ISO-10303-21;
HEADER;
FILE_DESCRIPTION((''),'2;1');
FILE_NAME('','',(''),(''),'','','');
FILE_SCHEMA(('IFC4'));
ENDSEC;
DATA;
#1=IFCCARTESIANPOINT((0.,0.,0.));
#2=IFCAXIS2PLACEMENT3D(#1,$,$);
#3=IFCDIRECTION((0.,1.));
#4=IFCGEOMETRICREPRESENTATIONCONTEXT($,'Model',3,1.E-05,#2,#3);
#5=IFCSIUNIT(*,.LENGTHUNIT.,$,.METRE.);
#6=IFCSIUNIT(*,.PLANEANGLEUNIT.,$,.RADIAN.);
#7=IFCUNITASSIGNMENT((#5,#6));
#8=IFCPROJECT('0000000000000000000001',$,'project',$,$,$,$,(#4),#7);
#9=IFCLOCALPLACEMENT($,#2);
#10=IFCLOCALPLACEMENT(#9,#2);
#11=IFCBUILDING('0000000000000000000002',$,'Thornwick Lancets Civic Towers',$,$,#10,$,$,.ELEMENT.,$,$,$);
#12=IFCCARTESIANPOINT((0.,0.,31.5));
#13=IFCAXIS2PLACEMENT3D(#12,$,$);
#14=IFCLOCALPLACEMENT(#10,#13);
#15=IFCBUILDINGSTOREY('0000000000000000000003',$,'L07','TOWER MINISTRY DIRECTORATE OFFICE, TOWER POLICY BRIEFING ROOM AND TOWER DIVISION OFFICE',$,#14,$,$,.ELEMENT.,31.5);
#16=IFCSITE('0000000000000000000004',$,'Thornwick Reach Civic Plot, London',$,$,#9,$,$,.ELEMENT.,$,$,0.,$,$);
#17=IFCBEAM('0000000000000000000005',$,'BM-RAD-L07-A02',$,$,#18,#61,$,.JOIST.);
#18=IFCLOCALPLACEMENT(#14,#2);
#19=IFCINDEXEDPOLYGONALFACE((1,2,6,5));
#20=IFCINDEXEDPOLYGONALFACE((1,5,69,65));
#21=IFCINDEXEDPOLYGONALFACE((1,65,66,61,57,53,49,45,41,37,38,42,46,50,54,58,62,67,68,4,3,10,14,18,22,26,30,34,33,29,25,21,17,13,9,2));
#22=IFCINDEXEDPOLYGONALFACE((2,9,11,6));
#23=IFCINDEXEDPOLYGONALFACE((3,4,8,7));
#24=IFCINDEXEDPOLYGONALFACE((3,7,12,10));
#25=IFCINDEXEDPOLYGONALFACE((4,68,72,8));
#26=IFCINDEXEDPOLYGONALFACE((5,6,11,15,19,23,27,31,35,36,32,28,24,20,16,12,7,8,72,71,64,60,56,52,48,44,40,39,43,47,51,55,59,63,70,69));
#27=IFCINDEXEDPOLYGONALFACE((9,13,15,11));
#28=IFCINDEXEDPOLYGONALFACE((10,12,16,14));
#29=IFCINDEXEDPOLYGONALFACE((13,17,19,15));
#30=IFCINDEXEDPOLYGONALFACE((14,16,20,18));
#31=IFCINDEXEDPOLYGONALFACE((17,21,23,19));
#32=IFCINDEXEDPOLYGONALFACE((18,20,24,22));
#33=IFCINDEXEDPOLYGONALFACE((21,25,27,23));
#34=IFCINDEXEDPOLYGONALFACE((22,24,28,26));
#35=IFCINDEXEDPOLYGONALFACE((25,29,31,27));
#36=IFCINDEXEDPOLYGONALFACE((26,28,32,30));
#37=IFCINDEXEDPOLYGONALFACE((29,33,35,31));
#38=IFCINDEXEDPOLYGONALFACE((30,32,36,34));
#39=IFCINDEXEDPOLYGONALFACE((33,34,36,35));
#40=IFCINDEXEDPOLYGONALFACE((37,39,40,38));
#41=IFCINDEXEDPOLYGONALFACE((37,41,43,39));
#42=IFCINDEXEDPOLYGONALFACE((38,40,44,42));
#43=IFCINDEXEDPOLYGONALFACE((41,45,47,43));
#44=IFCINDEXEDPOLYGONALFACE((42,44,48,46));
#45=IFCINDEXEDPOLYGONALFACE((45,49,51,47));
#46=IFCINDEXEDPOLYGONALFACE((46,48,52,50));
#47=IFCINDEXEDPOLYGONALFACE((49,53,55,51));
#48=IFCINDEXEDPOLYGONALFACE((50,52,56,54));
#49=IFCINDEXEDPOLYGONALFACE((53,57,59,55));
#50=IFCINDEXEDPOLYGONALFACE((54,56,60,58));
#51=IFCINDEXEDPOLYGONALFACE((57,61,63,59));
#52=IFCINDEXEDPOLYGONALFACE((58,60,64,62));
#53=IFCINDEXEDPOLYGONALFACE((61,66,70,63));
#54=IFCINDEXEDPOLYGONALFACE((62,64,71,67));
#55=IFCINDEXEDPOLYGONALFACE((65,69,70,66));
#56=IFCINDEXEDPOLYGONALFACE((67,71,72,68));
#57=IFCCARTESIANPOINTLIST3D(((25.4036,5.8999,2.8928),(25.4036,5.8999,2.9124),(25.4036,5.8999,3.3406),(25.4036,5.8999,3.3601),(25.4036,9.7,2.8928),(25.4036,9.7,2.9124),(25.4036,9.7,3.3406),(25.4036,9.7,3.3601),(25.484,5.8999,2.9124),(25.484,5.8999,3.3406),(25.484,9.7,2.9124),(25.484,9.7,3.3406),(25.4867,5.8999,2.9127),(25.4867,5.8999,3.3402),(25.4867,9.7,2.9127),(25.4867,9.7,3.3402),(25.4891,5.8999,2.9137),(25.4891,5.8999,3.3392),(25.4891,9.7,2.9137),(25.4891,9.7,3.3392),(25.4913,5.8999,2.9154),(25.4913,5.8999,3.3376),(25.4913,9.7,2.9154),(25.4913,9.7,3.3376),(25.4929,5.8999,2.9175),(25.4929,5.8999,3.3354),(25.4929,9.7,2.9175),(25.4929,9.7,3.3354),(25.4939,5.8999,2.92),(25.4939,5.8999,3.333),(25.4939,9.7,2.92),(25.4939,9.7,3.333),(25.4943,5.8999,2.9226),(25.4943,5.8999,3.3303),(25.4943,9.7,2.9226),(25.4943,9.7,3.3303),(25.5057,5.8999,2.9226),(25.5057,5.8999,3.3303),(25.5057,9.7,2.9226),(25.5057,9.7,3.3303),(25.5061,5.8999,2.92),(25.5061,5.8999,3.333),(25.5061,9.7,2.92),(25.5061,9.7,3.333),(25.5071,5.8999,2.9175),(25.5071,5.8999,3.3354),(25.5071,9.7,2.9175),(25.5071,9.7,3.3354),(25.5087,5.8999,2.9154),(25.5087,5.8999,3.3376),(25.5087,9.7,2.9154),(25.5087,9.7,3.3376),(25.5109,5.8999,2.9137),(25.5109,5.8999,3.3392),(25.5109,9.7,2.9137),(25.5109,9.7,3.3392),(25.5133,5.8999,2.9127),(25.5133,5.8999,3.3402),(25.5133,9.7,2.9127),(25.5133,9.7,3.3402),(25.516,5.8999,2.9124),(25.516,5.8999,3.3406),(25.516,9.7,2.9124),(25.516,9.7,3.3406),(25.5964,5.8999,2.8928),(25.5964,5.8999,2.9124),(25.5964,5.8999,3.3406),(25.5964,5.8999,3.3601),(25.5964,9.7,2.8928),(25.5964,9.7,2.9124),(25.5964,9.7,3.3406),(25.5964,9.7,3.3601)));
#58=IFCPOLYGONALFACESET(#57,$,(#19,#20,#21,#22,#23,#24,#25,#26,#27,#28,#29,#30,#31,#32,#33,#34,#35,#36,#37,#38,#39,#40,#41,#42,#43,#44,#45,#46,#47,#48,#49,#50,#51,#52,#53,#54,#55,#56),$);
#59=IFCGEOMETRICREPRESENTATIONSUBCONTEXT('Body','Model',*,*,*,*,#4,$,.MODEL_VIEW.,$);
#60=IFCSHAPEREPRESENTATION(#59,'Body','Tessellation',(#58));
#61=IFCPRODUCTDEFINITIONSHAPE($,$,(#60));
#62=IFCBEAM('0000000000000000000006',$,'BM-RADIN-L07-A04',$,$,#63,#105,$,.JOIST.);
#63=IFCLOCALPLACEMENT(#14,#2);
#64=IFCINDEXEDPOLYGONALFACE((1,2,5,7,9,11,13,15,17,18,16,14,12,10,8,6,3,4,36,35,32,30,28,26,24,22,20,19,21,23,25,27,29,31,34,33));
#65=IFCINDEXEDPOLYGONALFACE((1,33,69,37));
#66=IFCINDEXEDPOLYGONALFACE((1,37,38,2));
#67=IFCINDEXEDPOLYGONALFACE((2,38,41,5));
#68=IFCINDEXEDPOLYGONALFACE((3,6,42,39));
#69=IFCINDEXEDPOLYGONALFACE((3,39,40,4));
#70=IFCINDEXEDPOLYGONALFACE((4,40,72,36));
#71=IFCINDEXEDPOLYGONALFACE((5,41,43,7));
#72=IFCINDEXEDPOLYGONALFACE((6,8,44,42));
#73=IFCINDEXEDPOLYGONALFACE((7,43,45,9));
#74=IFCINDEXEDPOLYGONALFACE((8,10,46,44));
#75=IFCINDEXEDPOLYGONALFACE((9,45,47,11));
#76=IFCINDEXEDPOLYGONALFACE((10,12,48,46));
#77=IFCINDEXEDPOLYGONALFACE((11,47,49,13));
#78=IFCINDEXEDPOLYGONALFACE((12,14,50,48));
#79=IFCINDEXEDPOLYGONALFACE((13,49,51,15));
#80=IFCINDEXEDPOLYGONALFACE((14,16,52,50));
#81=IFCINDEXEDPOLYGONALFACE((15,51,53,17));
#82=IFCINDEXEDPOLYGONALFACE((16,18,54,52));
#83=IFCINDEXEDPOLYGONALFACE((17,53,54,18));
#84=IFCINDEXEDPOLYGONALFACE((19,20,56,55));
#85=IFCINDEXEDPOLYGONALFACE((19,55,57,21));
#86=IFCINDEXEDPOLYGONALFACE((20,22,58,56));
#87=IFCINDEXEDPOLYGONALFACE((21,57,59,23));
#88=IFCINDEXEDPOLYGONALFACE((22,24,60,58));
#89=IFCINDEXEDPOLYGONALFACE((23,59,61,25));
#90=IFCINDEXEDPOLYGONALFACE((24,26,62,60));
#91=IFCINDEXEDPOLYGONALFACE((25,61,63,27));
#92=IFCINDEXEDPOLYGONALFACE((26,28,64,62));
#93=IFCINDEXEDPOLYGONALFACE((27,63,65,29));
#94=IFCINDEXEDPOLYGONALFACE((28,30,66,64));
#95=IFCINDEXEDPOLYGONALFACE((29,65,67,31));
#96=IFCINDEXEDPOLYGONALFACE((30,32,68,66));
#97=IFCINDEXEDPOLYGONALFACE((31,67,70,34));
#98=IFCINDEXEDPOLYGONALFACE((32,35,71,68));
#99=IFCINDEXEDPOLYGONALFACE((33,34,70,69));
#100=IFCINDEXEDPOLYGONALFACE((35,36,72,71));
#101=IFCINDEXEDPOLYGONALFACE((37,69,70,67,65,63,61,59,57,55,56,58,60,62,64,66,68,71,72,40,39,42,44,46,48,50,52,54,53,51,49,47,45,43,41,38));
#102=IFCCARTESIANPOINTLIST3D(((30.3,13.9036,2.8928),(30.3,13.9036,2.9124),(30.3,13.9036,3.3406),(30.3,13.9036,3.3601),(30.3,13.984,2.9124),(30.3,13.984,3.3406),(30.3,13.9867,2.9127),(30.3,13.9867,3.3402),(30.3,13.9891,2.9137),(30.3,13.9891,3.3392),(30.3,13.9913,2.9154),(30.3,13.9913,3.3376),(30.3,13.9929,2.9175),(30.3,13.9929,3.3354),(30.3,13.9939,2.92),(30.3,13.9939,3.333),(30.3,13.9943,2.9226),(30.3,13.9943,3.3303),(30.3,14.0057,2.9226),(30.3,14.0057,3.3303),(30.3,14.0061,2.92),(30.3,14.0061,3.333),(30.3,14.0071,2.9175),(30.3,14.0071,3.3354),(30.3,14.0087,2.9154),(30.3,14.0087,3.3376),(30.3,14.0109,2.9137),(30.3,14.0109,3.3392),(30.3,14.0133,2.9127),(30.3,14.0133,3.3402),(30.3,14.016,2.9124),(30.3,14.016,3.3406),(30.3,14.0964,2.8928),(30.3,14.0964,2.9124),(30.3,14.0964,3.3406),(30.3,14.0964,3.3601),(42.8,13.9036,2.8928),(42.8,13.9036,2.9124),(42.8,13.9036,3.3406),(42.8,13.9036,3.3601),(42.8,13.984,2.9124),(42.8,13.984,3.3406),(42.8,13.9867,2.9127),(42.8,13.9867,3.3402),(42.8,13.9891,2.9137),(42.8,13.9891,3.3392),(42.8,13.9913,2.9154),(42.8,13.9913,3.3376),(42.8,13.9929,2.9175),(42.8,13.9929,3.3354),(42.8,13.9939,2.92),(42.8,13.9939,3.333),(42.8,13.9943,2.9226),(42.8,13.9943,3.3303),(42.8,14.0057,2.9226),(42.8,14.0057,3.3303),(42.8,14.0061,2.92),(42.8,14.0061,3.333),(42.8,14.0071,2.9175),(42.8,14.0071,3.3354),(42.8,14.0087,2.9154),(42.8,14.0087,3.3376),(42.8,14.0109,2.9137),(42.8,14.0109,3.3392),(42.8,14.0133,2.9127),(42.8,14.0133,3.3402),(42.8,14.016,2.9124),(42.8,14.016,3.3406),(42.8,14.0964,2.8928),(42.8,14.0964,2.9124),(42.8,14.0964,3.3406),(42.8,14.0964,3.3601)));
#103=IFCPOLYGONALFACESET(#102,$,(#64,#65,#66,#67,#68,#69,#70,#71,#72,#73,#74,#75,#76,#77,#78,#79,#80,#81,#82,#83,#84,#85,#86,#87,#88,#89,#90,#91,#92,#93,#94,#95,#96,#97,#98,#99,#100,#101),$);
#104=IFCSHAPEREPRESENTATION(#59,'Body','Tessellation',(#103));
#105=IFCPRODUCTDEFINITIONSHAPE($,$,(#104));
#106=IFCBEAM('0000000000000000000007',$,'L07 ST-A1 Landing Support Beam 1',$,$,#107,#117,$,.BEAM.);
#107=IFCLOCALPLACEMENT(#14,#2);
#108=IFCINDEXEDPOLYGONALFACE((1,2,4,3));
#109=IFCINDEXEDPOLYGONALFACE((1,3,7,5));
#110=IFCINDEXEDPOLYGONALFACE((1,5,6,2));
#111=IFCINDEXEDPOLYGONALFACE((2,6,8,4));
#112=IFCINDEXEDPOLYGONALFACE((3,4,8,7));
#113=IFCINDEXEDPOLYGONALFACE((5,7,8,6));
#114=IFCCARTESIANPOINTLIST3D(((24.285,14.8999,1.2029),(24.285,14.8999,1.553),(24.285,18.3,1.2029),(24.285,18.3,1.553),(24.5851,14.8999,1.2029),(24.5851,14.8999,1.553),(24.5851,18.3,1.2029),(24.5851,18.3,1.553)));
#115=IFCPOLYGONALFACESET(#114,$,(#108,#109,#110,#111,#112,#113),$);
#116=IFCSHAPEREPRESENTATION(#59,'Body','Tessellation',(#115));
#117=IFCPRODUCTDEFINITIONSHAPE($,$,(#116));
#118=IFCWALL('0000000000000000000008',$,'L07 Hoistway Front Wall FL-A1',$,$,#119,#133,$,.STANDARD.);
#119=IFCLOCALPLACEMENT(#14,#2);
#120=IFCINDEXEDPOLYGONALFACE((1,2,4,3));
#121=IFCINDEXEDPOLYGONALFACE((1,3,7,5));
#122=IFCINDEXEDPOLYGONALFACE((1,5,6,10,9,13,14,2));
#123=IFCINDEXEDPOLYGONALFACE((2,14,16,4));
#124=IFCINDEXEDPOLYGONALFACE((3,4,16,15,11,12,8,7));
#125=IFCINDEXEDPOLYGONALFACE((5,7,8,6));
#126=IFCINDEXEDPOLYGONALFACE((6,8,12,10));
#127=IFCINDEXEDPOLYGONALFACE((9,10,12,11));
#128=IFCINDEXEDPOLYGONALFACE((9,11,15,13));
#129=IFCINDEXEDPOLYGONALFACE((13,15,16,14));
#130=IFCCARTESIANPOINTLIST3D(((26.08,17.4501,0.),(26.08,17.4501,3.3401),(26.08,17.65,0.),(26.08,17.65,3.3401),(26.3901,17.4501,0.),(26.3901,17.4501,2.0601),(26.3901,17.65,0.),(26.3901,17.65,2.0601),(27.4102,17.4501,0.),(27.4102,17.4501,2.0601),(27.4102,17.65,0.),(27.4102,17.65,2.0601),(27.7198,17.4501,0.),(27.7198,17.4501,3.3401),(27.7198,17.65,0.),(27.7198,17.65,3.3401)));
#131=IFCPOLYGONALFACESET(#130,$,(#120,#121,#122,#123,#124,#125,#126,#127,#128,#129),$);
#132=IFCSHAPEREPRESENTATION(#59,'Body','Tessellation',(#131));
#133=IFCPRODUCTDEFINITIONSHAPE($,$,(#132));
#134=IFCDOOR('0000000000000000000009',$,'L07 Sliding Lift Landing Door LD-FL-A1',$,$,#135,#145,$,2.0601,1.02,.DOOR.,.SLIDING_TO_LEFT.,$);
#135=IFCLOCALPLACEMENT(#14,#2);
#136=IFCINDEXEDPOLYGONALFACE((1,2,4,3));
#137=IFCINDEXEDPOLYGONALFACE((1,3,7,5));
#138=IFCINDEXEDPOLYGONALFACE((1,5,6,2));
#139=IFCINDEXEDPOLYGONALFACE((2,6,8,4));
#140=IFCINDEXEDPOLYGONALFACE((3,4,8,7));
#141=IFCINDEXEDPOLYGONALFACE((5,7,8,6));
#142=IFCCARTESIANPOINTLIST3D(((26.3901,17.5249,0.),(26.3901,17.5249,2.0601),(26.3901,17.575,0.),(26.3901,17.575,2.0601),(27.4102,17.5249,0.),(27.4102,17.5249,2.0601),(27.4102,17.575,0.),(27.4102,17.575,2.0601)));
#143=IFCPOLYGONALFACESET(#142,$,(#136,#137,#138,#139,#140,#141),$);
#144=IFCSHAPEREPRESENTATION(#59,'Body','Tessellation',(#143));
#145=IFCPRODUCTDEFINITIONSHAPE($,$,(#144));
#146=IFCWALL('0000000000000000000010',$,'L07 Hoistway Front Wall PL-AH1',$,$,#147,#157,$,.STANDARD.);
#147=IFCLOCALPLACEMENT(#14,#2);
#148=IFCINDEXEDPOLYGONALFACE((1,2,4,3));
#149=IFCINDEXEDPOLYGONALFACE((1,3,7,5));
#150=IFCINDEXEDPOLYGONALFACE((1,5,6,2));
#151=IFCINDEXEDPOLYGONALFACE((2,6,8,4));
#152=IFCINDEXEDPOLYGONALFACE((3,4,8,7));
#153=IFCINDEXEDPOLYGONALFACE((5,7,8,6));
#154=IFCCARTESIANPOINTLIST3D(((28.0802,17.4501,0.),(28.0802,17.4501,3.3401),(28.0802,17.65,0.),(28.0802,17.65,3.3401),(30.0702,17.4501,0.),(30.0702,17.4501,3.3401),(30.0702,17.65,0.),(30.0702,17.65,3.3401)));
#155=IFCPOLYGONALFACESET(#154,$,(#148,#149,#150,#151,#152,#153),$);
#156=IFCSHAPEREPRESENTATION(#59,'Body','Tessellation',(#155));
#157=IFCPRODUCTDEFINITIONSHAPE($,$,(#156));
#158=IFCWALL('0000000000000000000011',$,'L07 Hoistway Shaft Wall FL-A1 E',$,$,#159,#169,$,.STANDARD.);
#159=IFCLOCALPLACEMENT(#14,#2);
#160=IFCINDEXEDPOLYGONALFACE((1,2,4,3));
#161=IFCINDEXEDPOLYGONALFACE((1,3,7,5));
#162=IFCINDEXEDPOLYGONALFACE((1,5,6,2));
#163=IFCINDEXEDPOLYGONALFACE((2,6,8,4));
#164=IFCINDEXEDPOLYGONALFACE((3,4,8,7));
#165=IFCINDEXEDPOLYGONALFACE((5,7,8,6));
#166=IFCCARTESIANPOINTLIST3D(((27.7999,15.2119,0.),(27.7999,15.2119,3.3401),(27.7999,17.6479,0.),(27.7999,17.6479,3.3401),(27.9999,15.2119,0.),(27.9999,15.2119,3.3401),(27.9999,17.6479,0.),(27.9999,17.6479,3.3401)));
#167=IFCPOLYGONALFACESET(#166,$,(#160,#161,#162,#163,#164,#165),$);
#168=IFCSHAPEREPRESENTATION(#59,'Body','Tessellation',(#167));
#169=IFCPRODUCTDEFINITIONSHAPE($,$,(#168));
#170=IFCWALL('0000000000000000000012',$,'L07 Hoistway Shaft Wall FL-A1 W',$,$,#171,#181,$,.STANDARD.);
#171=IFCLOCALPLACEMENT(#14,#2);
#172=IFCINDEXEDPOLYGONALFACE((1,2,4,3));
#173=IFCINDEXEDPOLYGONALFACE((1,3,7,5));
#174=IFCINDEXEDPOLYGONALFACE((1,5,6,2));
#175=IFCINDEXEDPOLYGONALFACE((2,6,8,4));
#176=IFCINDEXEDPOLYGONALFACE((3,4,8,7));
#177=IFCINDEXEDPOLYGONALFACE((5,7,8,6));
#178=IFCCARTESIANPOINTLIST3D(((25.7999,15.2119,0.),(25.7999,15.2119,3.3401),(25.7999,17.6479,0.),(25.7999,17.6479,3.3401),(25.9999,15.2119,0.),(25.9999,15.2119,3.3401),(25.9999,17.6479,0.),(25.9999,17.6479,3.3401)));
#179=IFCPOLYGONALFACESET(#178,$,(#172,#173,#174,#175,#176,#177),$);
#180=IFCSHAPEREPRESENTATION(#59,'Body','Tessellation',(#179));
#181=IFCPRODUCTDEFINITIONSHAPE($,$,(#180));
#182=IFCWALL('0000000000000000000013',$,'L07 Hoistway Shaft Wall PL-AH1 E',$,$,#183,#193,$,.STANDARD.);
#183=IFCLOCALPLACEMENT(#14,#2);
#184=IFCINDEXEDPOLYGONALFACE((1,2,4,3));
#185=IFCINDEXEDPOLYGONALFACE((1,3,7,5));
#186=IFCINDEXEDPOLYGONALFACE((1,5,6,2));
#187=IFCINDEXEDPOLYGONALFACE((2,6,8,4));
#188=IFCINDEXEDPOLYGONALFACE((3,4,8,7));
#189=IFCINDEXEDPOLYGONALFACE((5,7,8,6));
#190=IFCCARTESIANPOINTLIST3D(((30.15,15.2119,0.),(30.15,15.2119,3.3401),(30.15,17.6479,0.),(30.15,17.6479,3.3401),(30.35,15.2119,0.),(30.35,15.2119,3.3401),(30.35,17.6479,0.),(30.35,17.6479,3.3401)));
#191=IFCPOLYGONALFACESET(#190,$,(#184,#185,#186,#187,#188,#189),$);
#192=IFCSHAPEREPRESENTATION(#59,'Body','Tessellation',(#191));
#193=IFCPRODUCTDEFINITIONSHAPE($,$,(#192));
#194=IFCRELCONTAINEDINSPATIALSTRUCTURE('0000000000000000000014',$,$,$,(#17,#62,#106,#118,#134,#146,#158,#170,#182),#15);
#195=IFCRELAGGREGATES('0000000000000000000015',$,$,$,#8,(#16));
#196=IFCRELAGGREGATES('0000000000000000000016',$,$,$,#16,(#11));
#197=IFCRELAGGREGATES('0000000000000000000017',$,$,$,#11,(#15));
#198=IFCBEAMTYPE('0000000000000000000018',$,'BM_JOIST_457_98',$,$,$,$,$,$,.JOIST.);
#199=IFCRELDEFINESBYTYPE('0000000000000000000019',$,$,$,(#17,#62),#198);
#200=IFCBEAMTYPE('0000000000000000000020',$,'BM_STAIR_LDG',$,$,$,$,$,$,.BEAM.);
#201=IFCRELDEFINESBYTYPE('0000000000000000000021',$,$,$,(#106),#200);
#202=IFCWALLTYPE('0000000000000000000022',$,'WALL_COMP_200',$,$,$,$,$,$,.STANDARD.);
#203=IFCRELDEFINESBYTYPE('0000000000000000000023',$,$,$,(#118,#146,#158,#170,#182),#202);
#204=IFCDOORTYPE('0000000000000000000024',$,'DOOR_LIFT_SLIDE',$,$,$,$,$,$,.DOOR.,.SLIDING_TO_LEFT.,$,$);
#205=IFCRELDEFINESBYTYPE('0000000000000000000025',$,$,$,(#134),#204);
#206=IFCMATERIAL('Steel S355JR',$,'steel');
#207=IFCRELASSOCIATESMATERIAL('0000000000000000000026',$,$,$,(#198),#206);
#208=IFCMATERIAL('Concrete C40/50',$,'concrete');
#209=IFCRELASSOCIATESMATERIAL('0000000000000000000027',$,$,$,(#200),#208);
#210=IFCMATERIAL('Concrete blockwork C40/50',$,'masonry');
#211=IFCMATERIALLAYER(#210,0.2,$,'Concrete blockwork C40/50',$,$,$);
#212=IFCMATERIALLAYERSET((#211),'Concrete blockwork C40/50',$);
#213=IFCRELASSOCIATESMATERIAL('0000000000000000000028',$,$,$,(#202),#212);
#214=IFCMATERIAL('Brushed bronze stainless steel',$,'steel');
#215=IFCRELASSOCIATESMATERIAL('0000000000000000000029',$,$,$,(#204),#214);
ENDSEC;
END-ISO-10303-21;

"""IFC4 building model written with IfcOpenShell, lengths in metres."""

from ifc_helpers import new_model, si_unit, direction, frame, frame_2d, origin, origin_2d, place, context, subcontext, project, spatial, rectangle, i_section, extrude, material, layer, layer_set, material_profile, profile_set, type_object, element, fill, save


model = new_model("IFC4")

# Units and contexts
model_context = context("Model", 3, precision=1e-05, world=origin(), true_north=direction((0.0, 1.0)))
body_context = subcontext(model_context, "Body", "Model", "MODEL_VIEW")
ifc_project = project(units=[si_unit("LENGTHUNIT", "METRE"), si_unit("PLANEANGLEUNIT", "RADIAN")], contexts=[model_context])

# Site, building, storey
site_placement = place(None, origin())
site = spatial("IfcSite", under=ifc_project, at=site_placement, Name="Thornwick Reach Civic Plot, London", CompositionType="ELEMENT", RefElevation=0.0)
building_placement = place(site_placement, origin())
building = spatial("IfcBuilding", under=site, at=building_placement, Name="Thornwick Lancets Civic Towers", CompositionType="ELEMENT")
storey_placement = place(building_placement, frame((0.0, 0.0, 31.5)))
storey = spatial("IfcBuildingStorey", under=building, at=storey_placement, Name="L07", Description="TOWER MINISTRY DIRECTORATE OFFICE, TOWER POLICY BRIEFING ROOM AND TOWER DIVISION OFFICE", CompositionType="ELEMENT", Elevation=31.5)

# Beams
ifc_material_1 = material(Name="Steel S355JR", Category="steel")
ifc_material_profile_1 = material_profile(ifc_material_1, i_section(OverallWidth=0.1929, OverallDepth=0.4673, WebThickness=0.0115, FlangeThickness=0.0195, FilletRadius=0.0103, at=origin_2d()), Name="UKB 457x191x98")
ifc_profile_set_1 = profile_set([ifc_material_profile_1], Name="Steel S355JR")
beam_type_1 = type_object("IfcBeamType", Name="BM_JOIST_457_98", PredefinedType="JOIST", material=ifc_profile_set_1)
beam_1_placement = place(storey_placement, frame((25.5, 9.7, 3.1265), z_axis=(0.0, -1.0, 0.0), x_axis=(1.0, 0.0, 0.0)))
element("IfcBeam", 1, at=beam_1_placement, inside=storey, type_object=beam_type_1, Name="BM-RAD-L07-A02", PredefinedType="JOIST", context=body_context, shape_type="SweptSolid", body=[
    extrude(i_section(OverallWidth=0.1929, OverallDepth=0.4673, WebThickness=0.0115, FlangeThickness=0.0195, FilletRadius=0.0103, at=origin_2d()), origin(), (0.0, 0.0, 1.0), 3.8),
])
beam_2_placement = place(storey_placement, frame((30.3, 14.0, 3.1265), z_axis=(1.0, 0.0, 0.0), x_axis=(0.0, 1.0, 0.0)))
element("IfcBeam", 2, at=beam_2_placement, inside=storey, type_object=beam_type_1, Name="BM-RADIN-L07-A04", PredefinedType="JOIST", context=body_context, shape_type="SweptSolid", body=[
    extrude(i_section(OverallWidth=0.1929, OverallDepth=0.4673, WebThickness=0.0115, FlangeThickness=0.0195, FilletRadius=0.0103, at=origin_2d()), origin(), (0.0, 0.0, 1.0), 12.5),
])
ifc_material_2 = material(Name="Concrete C40/50", Category="concrete")
ifc_material_profile_2 = material_profile(ifc_material_2, rectangle(XDim=0.3, YDim=0.3501, at=origin_2d()), Name="RC 300x350")
ifc_profile_set_2 = profile_set([ifc_material_profile_2], Name="Concrete C40/50")
beam_type_2 = type_object("IfcBeamType", Name="BM_STAIR_LDG", PredefinedType="BEAM", material=ifc_profile_set_2)
beam_3_placement = place(storey_placement, frame((24.4351, 14.8999, 1.3779), z_axis=(0.0, 1.0, 0.0), x_axis=(-1.0, 0.0, 0.0)))
element("IfcBeam", 3, at=beam_3_placement, inside=storey, type_object=beam_type_2, Name="L07 ST-A1 Landing Support Beam 1", PredefinedType="BEAM", context=body_context, shape_type="SweptSolid", body=[
    extrude(rectangle(XDim=0.3, YDim=0.3501, at=origin_2d()), origin(), (0.0, 0.0, 1.0), 3.4001),
])

# Wall, opening, door
ifc_material_3 = material(Name="Concrete blockwork C40/50", Category="masonry")
ifc_layer_1 = layer(ifc_material_3, 0.2, Name="Concrete blockwork C40/50")
ifc_layer_set_1 = layer_set([ifc_layer_1], Name="Concrete blockwork C40/50")
wall_type_1 = type_object("IfcWallType", Name="WALL_COMP_200", PredefinedType="STANDARD", material=ifc_layer_set_1)
wall_1_placement = place(storey_placement, frame((26.0801, 17.55, 0.0), z_axis=(0.0, 0.0, 1.0), x_axis=(1.0, 0.0, 0.0)))
wall_1 = element("IfcWall", 4, at=wall_1_placement, inside=storey, type_object=wall_type_1, Name="L07 Hoistway Front Wall FL-A1", PredefinedType="STANDARD", context=body_context, shape_type="SweptSolid", body=[
    extrude(rectangle(XDim=1.6399, YDim=0.2, at=frame_2d((0.8198, 0.0))), origin(), (0.0, 0.0, 1.0), 3.3401),
])
opening_1_placement = place(wall_1_placement, frame((0.3101, 0.0, 0.0)))
opening_1 = element("IfcOpeningElement", 5, at=opening_1_placement, cuts=wall_1, PredefinedType="OPENING", context=body_context, shape_type="SweptSolid", body=[
    extrude(rectangle(XDim=1.02, YDim=2.0601, at=frame_2d((0.51, 1.03))), frame((0.0, 0.1099, 0.0), z_axis=(0.0, -1.0, 0.0), x_axis=(1.0, 0.0, 0.0)), (0.0, 0.0, 1.0), 0.22),
])
ifc_material_4 = material(Name="Brushed bronze stainless steel", Category="steel")
door_type_1 = type_object("IfcDoorType", Name="DOOR_LIFT_SLIDE", OperationType="SLIDING_TO_LEFT", PredefinedType="DOOR", material=ifc_material_4)
door_1_placement = place(opening_1_placement, origin())
door_1 = element("IfcDoor", 6, at=door_1_placement, inside=storey, type_object=door_type_1, Name="L07 Sliding Lift Landing Door LD-FL-A1", OperationType="SLIDING_TO_LEFT", OverallHeight=2.0601, OverallWidth=1.02, PredefinedType="DOOR", context=body_context, shape_type="SweptSolid", body=[
    extrude(rectangle(XDim=1.02, YDim=2.0601, at=frame_2d((0.51, 1.03))), frame((0.0, 0.0249, 0.0), z_axis=(0.0, -1.0, 0.0), x_axis=(1.0, 0.0, 0.0)), (0.0, 0.0, 1.0), 0.05),
])
fill(opening_1, door_1)

# Walls
wall_2_placement = place(storey_placement, frame((28.0801, 17.55, 0.0), z_axis=(0.0, 0.0, 1.0), x_axis=(1.0, 0.0, 0.0)))
element("IfcWall", 7, at=wall_2_placement, inside=storey, type_object=wall_type_1, Name="L07 Hoistway Front Wall PL-AH1", PredefinedType="STANDARD", context=body_context, shape_type="SweptSolid", body=[
    extrude(rectangle(XDim=1.99, YDim=0.2, at=frame_2d((0.9951, 0.0))), origin(), (0.0, 0.0, 1.0), 3.3401),
])
for number, where, z_axis, x_axis, name in (
    (8, (27.8999, 15.2119, 0.0), (0.0, 0.0, 1.0), (0.0, 1.0, 0.0), "L07 Hoistway Shaft Wall FL-A1 E"),
    (9, (25.8999, 15.2119, 0.0), (0.0, 0.0, 1.0), (0.0, 1.0, 0.0), "L07 Hoistway Shaft Wall FL-A1 W"),
    (10, (30.25, 15.2119, 0.0), (0.0, 0.0, 1.0), (0.0, 1.0, 0.0), "L07 Hoistway Shaft Wall PL-AH1 E"),
):
    element("IfcWall", number, at=place(storey_placement, frame(where, z_axis=z_axis, x_axis=x_axis)), inside=storey, type_object=wall_type_1, Name=name, PredefinedType="STANDARD", context=body_context, shape_type="SweptSolid", body=[
        extrude(rectangle(XDim=2.436, YDim=0.2, at=frame_2d((1.218, 0.0))), origin(), (0.0, 0.0, 1.0), 3.3401),
    ])

save(model, "model.ifc")
